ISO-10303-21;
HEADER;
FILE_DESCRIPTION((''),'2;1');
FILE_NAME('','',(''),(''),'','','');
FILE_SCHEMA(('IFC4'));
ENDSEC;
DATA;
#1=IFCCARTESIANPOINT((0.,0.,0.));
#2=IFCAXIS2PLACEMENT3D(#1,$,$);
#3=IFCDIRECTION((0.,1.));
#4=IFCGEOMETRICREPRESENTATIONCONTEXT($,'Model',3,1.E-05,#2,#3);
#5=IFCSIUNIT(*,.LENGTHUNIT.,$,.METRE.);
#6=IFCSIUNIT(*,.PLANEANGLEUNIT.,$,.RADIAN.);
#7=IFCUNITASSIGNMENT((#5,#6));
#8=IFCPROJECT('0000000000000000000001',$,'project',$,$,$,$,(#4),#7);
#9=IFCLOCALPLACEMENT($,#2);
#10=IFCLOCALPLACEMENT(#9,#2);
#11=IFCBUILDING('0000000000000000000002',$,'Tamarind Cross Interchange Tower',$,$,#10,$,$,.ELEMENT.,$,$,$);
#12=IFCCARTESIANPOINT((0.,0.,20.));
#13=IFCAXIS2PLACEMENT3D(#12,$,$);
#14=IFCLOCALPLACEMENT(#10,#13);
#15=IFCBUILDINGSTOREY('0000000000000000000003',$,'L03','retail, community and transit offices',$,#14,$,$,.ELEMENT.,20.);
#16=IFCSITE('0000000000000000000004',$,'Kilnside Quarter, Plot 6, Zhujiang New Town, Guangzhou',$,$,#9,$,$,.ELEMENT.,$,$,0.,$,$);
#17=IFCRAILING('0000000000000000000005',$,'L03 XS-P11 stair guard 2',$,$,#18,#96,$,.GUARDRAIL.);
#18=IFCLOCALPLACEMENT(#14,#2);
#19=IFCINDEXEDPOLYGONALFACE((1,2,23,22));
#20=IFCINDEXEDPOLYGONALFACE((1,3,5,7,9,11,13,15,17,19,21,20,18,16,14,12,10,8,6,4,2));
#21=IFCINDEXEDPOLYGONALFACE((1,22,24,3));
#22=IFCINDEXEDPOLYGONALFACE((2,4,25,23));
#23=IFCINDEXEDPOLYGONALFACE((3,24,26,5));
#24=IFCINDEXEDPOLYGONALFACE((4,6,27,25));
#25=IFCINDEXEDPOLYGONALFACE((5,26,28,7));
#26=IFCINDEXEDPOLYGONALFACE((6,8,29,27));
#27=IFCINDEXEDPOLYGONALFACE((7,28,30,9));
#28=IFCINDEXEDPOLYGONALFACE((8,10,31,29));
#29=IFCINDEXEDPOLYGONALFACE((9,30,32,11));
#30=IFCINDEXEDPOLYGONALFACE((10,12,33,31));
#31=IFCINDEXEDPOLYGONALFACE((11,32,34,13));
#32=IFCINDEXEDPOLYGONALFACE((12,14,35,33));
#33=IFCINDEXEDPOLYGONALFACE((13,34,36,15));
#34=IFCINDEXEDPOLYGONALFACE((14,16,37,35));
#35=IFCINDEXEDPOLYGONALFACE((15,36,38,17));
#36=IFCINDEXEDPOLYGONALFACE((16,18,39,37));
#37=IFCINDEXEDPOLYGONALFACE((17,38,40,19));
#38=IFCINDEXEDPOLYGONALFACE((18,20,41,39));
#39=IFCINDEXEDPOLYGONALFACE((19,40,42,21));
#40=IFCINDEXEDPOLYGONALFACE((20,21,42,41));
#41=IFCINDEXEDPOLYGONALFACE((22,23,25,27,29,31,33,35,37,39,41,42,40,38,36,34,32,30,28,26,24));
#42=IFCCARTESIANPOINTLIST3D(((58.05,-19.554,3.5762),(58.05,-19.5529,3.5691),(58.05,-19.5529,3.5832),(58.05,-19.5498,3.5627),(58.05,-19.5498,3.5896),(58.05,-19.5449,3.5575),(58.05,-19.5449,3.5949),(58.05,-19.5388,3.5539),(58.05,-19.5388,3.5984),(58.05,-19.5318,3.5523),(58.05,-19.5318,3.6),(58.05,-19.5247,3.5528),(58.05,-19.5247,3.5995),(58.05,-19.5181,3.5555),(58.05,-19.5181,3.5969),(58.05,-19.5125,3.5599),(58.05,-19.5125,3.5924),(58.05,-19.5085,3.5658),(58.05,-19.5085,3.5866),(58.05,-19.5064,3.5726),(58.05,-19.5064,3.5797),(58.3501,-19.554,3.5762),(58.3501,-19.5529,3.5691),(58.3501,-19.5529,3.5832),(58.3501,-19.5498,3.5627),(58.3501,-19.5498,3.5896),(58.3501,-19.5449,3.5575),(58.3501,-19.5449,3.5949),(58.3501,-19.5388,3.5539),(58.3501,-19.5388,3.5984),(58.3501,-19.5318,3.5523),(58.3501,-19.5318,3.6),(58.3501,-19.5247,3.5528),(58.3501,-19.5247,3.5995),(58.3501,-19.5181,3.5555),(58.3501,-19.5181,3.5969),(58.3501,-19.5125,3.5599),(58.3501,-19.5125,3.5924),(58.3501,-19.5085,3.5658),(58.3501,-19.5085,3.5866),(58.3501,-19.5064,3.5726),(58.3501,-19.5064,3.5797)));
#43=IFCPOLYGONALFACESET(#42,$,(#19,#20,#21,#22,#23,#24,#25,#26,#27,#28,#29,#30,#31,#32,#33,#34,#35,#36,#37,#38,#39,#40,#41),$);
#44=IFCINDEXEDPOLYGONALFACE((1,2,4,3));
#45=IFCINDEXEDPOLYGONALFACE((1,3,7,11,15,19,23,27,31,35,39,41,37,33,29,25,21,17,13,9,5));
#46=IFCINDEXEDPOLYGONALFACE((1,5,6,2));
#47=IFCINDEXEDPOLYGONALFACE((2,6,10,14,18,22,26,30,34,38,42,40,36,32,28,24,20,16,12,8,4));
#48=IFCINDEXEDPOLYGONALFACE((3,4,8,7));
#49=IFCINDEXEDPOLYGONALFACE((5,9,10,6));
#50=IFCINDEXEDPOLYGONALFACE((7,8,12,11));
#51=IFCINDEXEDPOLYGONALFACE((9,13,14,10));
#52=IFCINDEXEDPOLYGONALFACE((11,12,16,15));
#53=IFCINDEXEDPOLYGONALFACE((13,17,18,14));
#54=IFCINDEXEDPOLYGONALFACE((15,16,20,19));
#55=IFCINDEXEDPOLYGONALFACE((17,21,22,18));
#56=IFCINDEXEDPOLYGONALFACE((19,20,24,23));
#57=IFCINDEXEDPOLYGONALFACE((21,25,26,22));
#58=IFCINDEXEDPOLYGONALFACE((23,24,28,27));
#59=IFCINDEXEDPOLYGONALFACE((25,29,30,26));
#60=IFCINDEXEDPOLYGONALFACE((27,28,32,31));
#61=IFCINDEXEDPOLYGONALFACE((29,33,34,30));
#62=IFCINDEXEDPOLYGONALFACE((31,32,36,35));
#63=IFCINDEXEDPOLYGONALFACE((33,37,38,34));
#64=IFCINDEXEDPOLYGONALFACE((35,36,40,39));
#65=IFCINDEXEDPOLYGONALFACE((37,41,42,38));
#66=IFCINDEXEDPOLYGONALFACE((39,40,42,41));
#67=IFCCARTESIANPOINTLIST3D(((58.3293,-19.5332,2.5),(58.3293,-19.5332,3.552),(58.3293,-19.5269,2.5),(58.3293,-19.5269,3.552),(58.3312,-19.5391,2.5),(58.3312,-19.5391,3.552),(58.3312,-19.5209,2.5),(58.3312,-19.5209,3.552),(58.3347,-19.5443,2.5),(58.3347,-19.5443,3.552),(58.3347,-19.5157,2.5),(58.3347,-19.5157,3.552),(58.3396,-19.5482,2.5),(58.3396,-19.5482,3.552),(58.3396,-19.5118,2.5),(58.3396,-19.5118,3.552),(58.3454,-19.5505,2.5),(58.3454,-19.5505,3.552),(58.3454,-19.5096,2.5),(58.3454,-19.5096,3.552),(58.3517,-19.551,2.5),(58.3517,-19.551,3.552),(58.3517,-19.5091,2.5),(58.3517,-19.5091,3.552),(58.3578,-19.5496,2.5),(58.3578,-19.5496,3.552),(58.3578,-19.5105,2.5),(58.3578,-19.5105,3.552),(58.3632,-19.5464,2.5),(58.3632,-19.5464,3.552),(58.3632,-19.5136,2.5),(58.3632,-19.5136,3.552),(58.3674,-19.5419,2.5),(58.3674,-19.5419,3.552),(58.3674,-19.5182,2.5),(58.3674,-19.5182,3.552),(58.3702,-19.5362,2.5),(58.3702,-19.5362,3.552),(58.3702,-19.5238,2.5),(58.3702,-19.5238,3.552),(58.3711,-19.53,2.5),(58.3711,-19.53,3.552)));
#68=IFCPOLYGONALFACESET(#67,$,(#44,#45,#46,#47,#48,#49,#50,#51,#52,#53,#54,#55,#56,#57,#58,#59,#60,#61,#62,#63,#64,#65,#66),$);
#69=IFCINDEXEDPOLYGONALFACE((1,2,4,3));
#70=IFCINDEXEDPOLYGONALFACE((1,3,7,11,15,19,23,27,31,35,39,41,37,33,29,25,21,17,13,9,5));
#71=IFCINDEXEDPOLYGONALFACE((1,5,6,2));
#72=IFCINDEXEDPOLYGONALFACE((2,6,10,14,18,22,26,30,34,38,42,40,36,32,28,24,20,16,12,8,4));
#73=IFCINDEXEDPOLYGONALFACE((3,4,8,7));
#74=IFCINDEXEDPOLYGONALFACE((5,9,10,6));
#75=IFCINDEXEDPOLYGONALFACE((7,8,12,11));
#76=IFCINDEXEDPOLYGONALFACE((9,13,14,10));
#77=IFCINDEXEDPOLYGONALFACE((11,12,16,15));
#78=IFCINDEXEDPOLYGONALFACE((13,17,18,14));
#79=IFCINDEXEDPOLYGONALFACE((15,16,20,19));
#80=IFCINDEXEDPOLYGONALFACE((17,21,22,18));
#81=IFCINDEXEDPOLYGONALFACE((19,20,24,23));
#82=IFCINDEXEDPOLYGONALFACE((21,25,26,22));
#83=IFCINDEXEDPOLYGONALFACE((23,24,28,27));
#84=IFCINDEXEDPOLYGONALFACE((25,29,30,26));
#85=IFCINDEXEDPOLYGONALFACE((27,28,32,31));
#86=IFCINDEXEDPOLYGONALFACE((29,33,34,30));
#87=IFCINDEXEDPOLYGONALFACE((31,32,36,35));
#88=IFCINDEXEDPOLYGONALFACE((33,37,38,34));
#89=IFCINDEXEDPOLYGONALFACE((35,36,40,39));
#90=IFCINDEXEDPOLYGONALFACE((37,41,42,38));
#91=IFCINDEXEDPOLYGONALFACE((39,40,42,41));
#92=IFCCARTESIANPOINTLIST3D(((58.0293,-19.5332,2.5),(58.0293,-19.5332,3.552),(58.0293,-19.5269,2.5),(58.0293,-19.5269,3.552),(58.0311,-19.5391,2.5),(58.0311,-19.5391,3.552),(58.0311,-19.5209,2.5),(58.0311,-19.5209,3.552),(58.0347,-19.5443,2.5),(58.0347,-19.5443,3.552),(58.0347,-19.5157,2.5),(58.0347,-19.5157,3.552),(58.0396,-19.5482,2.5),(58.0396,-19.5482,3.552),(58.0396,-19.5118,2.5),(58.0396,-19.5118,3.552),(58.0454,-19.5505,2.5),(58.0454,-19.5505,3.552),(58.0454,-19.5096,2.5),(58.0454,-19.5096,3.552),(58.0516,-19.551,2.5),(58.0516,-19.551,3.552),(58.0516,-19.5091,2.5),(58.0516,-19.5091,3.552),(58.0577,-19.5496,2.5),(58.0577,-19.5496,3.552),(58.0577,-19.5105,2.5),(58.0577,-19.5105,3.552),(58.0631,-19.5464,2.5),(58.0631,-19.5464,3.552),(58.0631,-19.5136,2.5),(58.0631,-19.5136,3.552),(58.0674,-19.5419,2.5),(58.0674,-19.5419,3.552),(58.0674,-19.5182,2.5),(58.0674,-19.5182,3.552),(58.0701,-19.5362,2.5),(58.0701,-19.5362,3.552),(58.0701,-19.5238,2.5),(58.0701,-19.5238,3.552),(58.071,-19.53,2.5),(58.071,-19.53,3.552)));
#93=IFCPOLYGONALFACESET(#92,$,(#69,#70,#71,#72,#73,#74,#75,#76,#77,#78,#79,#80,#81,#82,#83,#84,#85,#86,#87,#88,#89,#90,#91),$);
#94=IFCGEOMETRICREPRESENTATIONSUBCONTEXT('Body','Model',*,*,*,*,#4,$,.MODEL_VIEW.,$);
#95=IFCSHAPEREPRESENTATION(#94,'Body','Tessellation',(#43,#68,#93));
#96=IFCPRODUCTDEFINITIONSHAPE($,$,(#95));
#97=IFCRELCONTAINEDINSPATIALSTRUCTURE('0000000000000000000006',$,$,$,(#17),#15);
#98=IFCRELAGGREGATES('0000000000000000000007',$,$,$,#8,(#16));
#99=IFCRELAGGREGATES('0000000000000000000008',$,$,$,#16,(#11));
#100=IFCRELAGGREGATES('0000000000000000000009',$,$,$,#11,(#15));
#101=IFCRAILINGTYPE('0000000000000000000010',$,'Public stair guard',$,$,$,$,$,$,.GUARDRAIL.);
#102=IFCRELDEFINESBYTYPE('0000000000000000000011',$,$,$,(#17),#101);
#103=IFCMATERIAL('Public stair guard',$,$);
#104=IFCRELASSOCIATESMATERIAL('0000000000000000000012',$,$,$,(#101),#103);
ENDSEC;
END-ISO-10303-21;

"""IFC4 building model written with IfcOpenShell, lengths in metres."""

from ifc_helpers import new_model, si_unit, direction, frame, origin, origin_2d, place, context, subcontext, project, spatial, circle, extrude, material, type_object, element, save


model = new_model("IFC4")

# Units and contexts
model_context = context("Model", 3, precision=1e-05, world=origin(), true_north=direction((0.0, 1.0)))
body_context = subcontext(model_context, "Body", "Model", "MODEL_VIEW")
ifc_project = project(units=[si_unit("LENGTHUNIT", "METRE"), si_unit("PLANEANGLEUNIT", "RADIAN")], contexts=[model_context])

# Site, building, storey
site_placement = place(None, origin())
site = spatial("IfcSite", under=ifc_project, at=site_placement, Name="Kilnside Quarter, Plot 6, Zhujiang New Town, Guangzhou", CompositionType="ELEMENT", RefElevation=0.0)
building_placement = place(site_placement, origin())
building = spatial("IfcBuilding", under=site, at=building_placement, Name="Tamarind Cross Interchange Tower", CompositionType="ELEMENT")
storey_placement = place(building_placement, frame((0.0, 0.0, 20.0)))
storey = spatial("IfcBuildingStorey", under=building, at=storey_placement, Name="L03", Description="retail, community and transit offices", CompositionType="ELEMENT", Elevation=20.0)

# Railing
ifc_material_1 = material(Name="Public stair guard")
railing_type_1 = type_object("IfcRailingType", Name="Public stair guard", PredefinedType="GUARDRAIL", material=ifc_material_1)
railing_1_placement = place(storey_placement, frame((58.3501, -19.53, 2.5)))
element("IfcRailing", 1, at=railing_1_placement, inside=storey, type_object=railing_type_1, Name="L03 XS-P11 stair guard 2", PredefinedType="GUARDRAIL", context=body_context, shape_type="SweptSolid", body=[
    extrude(circle(Radius=0.0239, at=origin_2d()), frame((0.0, 0.0, 1.0762), z_axis=(-1.0, 0.0, 0.0), x_axis=(0.0, -1.0, 0.0)), (0.0, 0.0, 1.0), 0.3),
    extrude(circle(Radius=0.021, at=origin_2d()), origin(), (0.0, 0.0, 1.0), 1.052),
    extrude(circle(Radius=0.021, at=origin_2d()), frame((-0.3, 0.0, 0.0)), (0.0, 0.0, 1.0), 1.052),
])

save(model, "model.ifc")
